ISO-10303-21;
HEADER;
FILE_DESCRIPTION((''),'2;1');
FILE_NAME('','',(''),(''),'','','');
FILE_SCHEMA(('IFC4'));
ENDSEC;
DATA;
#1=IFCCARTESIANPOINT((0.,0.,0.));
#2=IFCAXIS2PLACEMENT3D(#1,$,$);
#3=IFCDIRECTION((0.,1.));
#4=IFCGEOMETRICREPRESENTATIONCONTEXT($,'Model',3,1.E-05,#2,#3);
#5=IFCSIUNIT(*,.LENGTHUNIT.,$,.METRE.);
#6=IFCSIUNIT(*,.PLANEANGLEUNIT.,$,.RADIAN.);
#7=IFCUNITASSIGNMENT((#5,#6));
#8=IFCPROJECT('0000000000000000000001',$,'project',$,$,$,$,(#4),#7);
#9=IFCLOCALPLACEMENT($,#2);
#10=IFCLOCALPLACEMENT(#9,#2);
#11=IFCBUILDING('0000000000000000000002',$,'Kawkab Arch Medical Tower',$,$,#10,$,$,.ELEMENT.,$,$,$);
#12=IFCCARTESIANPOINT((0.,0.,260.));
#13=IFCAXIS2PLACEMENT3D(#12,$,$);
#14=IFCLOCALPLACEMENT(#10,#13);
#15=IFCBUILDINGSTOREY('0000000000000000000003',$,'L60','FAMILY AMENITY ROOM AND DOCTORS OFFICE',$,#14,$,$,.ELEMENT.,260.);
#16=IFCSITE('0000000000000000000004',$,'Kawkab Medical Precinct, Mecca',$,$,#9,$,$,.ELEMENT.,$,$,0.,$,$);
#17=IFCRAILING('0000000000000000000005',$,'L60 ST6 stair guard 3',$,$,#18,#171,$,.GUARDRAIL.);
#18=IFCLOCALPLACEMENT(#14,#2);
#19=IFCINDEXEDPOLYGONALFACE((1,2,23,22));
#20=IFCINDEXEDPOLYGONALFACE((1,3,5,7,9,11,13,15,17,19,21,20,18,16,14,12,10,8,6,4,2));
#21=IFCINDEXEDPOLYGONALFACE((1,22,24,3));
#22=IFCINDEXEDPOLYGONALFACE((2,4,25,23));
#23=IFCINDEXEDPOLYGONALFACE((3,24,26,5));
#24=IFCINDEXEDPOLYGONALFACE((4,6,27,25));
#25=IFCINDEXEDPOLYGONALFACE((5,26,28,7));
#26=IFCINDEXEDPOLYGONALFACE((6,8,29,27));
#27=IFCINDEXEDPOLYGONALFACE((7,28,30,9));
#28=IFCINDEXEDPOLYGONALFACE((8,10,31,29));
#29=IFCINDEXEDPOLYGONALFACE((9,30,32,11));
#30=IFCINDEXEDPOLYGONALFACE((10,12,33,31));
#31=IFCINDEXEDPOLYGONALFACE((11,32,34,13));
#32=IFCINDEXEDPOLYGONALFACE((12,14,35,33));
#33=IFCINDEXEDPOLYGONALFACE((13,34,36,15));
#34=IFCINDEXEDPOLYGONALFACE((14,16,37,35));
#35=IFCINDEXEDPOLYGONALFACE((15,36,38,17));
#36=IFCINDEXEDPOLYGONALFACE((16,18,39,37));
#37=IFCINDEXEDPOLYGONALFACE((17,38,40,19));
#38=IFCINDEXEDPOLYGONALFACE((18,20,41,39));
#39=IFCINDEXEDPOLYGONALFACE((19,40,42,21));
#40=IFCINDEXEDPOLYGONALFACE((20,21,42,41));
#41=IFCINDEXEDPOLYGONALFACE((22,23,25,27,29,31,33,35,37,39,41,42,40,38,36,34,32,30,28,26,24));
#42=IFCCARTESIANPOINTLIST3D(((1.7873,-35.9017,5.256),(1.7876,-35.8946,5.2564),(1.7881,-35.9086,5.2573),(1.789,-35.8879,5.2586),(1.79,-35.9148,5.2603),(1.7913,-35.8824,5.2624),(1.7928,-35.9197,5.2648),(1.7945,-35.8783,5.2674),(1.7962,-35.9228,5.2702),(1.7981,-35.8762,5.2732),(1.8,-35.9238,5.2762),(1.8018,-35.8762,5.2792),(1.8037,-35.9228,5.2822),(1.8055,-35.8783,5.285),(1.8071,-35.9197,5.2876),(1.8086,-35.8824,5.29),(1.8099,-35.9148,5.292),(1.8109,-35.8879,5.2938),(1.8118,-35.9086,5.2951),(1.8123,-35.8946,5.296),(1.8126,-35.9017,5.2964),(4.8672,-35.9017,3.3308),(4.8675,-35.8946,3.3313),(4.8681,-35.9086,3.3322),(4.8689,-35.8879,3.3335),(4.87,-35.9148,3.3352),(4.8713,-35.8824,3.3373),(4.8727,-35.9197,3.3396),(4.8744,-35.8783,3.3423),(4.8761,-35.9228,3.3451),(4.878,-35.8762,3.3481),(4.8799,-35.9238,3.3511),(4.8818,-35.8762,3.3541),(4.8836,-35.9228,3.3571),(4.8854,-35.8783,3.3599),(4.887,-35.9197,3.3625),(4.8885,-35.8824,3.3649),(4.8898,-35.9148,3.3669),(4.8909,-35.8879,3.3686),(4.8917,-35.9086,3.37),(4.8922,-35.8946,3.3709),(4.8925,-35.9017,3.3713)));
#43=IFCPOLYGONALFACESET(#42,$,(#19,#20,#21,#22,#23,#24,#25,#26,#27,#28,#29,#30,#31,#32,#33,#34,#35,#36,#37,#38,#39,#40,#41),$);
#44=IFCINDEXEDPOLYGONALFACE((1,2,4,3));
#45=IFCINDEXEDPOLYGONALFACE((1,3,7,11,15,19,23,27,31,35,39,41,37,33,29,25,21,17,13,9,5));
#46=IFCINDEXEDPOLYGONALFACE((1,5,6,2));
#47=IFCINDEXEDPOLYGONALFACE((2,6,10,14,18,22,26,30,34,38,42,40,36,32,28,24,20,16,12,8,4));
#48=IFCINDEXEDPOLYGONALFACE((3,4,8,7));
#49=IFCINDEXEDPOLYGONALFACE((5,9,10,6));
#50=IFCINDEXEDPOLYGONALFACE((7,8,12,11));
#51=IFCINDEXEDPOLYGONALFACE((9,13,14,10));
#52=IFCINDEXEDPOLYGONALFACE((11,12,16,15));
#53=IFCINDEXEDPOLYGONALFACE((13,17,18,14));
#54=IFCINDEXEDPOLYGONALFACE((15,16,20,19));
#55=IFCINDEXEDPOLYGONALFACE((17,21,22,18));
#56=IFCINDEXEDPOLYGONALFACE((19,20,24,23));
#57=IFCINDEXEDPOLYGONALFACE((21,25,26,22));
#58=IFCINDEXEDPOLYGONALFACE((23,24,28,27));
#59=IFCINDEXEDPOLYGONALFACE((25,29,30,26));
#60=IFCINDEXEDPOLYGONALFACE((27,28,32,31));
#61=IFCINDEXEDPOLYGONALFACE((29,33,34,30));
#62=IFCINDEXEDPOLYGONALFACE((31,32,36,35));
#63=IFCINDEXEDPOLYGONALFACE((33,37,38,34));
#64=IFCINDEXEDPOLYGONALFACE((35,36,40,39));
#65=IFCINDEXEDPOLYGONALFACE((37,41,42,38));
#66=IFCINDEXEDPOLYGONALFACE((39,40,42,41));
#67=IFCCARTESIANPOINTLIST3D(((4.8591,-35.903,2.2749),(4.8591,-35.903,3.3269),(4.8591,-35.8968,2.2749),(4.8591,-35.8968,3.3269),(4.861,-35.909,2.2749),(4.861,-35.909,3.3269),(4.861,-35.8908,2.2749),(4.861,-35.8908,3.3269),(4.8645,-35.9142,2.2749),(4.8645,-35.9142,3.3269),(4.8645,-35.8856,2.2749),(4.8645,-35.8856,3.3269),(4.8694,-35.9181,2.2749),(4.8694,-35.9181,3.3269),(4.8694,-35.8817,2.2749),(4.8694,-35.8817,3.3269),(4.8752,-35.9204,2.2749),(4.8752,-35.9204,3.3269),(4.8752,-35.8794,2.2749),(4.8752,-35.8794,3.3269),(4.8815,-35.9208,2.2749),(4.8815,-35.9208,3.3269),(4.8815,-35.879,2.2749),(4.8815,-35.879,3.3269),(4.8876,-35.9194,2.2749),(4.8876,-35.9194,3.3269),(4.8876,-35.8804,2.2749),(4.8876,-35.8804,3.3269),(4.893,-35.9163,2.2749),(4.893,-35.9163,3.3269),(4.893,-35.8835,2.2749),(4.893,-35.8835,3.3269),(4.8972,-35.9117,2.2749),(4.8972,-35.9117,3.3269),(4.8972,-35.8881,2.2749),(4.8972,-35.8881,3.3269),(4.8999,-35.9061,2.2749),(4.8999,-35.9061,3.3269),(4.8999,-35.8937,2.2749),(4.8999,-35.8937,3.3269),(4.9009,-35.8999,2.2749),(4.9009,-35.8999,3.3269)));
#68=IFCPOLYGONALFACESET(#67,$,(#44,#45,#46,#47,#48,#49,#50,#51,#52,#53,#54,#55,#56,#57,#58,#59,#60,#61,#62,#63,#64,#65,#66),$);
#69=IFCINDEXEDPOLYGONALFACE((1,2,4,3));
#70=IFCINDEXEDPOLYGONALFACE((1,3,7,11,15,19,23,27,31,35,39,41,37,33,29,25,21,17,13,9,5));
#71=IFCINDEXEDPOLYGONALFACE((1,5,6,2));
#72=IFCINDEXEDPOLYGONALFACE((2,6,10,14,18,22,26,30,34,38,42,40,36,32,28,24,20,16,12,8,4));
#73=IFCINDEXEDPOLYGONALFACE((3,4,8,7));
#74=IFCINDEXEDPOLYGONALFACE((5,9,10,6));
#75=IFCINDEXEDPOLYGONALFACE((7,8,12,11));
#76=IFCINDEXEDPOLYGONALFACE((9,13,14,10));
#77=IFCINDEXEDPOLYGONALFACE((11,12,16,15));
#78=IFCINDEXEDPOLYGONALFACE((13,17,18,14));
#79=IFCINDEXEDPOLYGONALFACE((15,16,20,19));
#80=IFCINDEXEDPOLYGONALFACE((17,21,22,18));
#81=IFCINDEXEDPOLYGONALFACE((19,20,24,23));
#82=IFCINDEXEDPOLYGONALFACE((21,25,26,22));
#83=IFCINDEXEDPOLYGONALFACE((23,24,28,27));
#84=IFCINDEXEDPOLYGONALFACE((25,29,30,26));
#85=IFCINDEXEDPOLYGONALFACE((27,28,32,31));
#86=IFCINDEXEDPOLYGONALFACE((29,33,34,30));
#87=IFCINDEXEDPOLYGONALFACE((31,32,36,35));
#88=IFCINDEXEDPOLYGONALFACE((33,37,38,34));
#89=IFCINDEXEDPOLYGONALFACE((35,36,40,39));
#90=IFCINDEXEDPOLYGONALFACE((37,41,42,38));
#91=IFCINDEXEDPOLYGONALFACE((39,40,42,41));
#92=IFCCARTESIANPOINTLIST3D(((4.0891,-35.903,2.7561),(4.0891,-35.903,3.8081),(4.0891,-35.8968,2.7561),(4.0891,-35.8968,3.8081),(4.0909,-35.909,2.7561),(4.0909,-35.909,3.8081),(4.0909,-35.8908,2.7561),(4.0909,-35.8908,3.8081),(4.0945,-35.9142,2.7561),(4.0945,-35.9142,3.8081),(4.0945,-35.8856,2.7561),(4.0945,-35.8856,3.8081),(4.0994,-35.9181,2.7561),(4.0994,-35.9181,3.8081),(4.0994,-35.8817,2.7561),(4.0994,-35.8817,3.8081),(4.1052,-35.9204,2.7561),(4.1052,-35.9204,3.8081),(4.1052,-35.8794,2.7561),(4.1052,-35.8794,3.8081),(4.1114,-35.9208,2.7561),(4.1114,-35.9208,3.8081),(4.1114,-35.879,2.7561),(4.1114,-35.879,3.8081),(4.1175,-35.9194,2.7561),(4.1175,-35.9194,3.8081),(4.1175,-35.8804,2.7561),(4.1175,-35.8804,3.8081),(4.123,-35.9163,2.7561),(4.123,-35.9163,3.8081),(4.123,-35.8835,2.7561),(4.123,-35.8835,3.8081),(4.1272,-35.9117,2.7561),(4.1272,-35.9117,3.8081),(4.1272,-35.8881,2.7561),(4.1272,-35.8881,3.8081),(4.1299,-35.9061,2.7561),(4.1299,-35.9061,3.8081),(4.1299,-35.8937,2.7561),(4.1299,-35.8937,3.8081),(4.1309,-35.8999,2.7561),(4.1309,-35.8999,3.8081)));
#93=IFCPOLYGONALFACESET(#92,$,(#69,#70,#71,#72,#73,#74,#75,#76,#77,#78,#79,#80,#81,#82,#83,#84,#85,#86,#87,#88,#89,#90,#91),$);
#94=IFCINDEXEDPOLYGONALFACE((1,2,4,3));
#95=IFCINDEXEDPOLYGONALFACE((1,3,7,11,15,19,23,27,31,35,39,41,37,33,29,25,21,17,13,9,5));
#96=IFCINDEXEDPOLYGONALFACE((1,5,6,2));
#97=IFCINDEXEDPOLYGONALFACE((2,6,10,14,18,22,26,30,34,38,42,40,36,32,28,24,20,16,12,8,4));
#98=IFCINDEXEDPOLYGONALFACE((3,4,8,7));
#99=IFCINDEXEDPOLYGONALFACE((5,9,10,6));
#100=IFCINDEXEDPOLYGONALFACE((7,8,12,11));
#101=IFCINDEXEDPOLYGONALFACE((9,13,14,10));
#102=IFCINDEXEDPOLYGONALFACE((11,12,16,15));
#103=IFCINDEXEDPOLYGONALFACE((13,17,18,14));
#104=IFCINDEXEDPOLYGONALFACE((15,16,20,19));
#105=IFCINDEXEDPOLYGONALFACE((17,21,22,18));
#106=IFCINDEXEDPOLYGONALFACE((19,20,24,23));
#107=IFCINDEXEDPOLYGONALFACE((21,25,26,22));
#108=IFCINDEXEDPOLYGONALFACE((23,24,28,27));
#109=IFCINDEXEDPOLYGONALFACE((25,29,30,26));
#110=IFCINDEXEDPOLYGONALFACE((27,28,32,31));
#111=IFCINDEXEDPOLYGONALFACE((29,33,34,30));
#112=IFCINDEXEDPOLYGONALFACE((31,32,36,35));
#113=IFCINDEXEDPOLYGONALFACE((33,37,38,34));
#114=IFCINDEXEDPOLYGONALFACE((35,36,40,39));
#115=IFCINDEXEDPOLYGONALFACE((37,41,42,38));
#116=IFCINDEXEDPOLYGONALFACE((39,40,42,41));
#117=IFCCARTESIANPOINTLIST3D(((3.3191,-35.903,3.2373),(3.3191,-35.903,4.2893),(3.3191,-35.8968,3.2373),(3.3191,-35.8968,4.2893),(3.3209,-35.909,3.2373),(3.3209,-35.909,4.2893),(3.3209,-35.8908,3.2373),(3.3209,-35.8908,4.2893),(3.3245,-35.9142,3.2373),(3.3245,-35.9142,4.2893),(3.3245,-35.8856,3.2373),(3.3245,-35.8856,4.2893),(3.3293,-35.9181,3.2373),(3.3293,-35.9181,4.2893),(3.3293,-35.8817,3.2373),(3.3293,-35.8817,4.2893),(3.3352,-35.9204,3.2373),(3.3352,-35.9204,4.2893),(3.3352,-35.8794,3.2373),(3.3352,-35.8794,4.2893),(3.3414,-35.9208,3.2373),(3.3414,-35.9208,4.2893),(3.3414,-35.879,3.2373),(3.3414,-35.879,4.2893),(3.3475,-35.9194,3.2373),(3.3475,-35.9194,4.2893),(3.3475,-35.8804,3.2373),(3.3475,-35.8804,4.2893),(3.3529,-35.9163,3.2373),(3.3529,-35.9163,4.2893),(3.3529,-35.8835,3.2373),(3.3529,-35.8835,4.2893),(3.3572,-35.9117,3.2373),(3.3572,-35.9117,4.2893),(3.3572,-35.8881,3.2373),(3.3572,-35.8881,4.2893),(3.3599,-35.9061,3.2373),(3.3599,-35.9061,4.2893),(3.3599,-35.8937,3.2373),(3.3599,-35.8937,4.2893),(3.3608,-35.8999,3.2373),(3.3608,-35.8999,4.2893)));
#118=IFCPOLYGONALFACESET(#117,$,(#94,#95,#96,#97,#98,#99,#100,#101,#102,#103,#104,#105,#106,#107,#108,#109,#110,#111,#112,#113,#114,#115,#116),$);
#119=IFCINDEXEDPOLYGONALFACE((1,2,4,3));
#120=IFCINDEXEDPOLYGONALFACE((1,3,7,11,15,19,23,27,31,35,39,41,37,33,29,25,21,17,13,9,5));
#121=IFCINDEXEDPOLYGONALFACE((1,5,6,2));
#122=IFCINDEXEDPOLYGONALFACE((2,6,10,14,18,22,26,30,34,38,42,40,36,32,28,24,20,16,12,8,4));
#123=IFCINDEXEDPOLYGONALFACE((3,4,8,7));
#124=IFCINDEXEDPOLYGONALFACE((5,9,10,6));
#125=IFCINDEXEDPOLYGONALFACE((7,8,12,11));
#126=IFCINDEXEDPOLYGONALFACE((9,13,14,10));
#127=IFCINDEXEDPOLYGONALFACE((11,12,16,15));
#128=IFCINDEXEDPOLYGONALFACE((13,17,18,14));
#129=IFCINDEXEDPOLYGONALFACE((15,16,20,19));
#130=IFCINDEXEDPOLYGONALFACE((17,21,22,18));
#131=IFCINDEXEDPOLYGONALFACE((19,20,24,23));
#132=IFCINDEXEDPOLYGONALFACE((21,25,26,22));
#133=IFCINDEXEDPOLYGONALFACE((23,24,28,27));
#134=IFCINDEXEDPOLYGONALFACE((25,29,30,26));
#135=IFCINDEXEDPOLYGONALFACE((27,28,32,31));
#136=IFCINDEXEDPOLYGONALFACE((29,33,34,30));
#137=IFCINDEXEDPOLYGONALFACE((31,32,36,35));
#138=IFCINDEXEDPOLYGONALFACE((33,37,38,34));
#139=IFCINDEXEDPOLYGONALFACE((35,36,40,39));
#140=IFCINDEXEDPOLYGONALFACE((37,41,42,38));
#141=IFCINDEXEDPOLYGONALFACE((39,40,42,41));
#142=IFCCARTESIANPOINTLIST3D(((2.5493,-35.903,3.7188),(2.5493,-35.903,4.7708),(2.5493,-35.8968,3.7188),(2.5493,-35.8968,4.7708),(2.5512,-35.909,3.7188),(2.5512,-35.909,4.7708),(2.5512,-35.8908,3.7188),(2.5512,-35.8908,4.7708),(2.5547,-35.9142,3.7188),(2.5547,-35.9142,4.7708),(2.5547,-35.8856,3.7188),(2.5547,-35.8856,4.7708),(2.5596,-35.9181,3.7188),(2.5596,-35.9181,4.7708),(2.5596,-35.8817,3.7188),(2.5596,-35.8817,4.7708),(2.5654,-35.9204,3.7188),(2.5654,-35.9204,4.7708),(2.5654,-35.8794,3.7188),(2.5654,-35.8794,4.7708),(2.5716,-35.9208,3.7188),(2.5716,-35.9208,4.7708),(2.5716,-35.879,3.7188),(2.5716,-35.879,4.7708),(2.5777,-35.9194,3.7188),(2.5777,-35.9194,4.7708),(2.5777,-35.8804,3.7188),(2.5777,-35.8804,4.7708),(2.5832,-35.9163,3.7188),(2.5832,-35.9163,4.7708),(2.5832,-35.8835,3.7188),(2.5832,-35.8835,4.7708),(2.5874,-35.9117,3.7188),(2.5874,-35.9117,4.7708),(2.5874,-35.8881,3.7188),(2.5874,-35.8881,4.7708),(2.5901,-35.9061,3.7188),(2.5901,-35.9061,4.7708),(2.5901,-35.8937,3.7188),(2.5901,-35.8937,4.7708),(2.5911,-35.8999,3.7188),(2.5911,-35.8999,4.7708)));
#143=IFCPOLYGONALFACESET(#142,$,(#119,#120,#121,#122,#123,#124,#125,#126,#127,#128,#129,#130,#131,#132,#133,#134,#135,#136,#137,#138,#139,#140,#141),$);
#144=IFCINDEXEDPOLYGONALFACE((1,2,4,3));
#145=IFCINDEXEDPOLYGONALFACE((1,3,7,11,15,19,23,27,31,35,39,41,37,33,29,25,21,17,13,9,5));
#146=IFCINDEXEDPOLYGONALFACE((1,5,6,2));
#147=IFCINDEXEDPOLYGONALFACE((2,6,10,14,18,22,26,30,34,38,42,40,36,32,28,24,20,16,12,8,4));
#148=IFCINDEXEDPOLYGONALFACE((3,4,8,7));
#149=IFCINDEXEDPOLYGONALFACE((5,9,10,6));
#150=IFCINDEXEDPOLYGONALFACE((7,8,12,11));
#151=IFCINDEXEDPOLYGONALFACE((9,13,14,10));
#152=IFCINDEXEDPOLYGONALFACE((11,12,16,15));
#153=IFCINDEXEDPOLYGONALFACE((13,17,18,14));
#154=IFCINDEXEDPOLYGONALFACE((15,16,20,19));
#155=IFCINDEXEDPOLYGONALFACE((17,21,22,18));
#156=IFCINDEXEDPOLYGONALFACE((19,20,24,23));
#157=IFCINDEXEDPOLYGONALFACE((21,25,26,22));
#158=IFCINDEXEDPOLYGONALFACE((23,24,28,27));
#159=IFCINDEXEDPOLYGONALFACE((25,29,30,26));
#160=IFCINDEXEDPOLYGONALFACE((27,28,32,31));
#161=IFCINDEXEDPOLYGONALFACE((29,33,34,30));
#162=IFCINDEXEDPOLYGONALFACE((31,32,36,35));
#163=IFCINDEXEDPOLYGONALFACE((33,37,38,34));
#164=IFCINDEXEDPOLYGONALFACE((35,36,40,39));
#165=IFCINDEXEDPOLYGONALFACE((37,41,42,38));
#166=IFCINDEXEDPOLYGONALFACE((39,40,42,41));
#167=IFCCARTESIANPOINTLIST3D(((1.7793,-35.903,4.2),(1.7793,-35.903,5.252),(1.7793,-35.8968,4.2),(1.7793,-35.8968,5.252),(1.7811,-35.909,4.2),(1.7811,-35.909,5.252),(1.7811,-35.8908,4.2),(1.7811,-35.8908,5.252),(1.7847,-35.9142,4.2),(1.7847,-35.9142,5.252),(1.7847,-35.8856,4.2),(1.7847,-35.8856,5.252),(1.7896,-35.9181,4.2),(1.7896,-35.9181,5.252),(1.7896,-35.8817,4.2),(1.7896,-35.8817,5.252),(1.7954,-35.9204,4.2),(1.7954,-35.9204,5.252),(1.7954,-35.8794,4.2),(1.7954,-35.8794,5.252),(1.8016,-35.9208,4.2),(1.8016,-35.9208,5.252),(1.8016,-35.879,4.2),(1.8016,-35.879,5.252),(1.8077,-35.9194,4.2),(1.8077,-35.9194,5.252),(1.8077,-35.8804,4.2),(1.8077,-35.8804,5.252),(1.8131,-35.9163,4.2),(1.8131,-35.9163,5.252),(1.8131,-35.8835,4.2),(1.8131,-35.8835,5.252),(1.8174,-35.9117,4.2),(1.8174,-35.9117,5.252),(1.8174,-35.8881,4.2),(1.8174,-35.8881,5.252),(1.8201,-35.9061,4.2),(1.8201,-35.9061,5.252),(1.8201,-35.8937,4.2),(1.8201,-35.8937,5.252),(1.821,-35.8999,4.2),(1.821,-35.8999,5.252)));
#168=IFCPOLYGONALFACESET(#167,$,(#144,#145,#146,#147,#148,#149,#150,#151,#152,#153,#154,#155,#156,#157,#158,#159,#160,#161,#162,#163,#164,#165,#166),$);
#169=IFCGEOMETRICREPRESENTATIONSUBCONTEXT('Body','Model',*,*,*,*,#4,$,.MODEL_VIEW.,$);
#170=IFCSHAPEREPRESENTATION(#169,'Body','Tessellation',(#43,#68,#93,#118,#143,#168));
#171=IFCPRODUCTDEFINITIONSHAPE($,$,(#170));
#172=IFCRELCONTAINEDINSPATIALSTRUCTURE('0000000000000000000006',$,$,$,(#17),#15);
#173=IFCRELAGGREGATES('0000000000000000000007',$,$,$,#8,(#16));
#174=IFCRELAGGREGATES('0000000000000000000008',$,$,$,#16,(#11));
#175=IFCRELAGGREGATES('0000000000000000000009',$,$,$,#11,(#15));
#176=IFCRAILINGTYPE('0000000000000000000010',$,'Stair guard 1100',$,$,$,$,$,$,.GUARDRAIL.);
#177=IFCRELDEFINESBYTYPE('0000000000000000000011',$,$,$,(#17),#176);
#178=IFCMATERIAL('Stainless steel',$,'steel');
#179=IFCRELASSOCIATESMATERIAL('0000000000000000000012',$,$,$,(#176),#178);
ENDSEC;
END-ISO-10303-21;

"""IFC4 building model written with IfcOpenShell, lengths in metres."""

from ifc_helpers import new_model, si_unit, direction, frame, origin, origin_2d, place, context, subcontext, project, spatial, circle, extrude, material, type_object, element, save


model = new_model("IFC4")

# Units and contexts
model_context = context("Model", 3, precision=1e-05, world=origin(), true_north=direction((0.0, 1.0)))
body_context = subcontext(model_context, "Body", "Model", "MODEL_VIEW")
ifc_project = project(units=[si_unit("LENGTHUNIT", "METRE"), si_unit("PLANEANGLEUNIT", "RADIAN")], contexts=[model_context])

# Site, building, storey
site_placement = place(None, origin())
site = spatial("IfcSite", under=ifc_project, at=site_placement, Name="Kawkab Medical Precinct, Mecca", CompositionType="ELEMENT", RefElevation=0.0)
building_placement = place(site_placement, origin())
building = spatial("IfcBuilding", under=site, at=building_placement, Name="Kawkab Arch Medical Tower", CompositionType="ELEMENT")
storey_placement = place(building_placement, frame((0.0, 0.0, 260.0)))
storey = spatial("IfcBuildingStorey", under=building, at=storey_placement, Name="L60", Description="FAMILY AMENITY ROOM AND DOCTORS OFFICE", CompositionType="ELEMENT", Elevation=260.0)

# Railing
ifc_material_1 = material(Name="Stainless steel", Category="steel")
railing_type_1 = type_object("IfcRailingType", Name="Stair guard 1100", PredefinedType="GUARDRAIL", material=ifc_material_1)
railing_1_placement = place(storey_placement, frame((4.8799, -35.8999, 2.2749)))
element("IfcRailing", 1, at=railing_1_placement, inside=storey, type_object=railing_type_1, Name="L60 ST6 stair guard 3", PredefinedType="GUARDRAIL", context=body_context, shape_type="SweptSolid", body=[
    extrude(circle(Radius=0.0239, at=origin_2d()), frame((0.0, 0.0, 1.0762), z_axis=(-0.847979, 0.0, 0.530029), x_axis=(0.0, -1.0, 0.0)), (0.0, 0.0, 1.0), 3.6321),
    extrude(circle(Radius=0.021, at=origin_2d()), origin(), (0.0, 0.0, 1.0), 1.052),
    extrude(circle(Radius=0.021, at=origin_2d()), frame((-0.77, 0.0, 0.4812)), (0.0, 0.0, 1.0), 1.052),
    extrude(circle(Radius=0.021, at=origin_2d()), frame((-1.54, 0.0, 0.9624)), (0.0, 0.0, 1.0), 1.052),
    extrude(circle(Radius=0.021, at=origin_2d()), frame((-2.3098, 0.0, 1.4438)), (0.0, 0.0, 1.0), 1.052),
    extrude(circle(Radius=0.021, at=origin_2d()), frame((-3.0798, 0.0, 1.925)), (0.0, 0.0, 1.0), 1.052),
])

save(model, "model.ifc")
